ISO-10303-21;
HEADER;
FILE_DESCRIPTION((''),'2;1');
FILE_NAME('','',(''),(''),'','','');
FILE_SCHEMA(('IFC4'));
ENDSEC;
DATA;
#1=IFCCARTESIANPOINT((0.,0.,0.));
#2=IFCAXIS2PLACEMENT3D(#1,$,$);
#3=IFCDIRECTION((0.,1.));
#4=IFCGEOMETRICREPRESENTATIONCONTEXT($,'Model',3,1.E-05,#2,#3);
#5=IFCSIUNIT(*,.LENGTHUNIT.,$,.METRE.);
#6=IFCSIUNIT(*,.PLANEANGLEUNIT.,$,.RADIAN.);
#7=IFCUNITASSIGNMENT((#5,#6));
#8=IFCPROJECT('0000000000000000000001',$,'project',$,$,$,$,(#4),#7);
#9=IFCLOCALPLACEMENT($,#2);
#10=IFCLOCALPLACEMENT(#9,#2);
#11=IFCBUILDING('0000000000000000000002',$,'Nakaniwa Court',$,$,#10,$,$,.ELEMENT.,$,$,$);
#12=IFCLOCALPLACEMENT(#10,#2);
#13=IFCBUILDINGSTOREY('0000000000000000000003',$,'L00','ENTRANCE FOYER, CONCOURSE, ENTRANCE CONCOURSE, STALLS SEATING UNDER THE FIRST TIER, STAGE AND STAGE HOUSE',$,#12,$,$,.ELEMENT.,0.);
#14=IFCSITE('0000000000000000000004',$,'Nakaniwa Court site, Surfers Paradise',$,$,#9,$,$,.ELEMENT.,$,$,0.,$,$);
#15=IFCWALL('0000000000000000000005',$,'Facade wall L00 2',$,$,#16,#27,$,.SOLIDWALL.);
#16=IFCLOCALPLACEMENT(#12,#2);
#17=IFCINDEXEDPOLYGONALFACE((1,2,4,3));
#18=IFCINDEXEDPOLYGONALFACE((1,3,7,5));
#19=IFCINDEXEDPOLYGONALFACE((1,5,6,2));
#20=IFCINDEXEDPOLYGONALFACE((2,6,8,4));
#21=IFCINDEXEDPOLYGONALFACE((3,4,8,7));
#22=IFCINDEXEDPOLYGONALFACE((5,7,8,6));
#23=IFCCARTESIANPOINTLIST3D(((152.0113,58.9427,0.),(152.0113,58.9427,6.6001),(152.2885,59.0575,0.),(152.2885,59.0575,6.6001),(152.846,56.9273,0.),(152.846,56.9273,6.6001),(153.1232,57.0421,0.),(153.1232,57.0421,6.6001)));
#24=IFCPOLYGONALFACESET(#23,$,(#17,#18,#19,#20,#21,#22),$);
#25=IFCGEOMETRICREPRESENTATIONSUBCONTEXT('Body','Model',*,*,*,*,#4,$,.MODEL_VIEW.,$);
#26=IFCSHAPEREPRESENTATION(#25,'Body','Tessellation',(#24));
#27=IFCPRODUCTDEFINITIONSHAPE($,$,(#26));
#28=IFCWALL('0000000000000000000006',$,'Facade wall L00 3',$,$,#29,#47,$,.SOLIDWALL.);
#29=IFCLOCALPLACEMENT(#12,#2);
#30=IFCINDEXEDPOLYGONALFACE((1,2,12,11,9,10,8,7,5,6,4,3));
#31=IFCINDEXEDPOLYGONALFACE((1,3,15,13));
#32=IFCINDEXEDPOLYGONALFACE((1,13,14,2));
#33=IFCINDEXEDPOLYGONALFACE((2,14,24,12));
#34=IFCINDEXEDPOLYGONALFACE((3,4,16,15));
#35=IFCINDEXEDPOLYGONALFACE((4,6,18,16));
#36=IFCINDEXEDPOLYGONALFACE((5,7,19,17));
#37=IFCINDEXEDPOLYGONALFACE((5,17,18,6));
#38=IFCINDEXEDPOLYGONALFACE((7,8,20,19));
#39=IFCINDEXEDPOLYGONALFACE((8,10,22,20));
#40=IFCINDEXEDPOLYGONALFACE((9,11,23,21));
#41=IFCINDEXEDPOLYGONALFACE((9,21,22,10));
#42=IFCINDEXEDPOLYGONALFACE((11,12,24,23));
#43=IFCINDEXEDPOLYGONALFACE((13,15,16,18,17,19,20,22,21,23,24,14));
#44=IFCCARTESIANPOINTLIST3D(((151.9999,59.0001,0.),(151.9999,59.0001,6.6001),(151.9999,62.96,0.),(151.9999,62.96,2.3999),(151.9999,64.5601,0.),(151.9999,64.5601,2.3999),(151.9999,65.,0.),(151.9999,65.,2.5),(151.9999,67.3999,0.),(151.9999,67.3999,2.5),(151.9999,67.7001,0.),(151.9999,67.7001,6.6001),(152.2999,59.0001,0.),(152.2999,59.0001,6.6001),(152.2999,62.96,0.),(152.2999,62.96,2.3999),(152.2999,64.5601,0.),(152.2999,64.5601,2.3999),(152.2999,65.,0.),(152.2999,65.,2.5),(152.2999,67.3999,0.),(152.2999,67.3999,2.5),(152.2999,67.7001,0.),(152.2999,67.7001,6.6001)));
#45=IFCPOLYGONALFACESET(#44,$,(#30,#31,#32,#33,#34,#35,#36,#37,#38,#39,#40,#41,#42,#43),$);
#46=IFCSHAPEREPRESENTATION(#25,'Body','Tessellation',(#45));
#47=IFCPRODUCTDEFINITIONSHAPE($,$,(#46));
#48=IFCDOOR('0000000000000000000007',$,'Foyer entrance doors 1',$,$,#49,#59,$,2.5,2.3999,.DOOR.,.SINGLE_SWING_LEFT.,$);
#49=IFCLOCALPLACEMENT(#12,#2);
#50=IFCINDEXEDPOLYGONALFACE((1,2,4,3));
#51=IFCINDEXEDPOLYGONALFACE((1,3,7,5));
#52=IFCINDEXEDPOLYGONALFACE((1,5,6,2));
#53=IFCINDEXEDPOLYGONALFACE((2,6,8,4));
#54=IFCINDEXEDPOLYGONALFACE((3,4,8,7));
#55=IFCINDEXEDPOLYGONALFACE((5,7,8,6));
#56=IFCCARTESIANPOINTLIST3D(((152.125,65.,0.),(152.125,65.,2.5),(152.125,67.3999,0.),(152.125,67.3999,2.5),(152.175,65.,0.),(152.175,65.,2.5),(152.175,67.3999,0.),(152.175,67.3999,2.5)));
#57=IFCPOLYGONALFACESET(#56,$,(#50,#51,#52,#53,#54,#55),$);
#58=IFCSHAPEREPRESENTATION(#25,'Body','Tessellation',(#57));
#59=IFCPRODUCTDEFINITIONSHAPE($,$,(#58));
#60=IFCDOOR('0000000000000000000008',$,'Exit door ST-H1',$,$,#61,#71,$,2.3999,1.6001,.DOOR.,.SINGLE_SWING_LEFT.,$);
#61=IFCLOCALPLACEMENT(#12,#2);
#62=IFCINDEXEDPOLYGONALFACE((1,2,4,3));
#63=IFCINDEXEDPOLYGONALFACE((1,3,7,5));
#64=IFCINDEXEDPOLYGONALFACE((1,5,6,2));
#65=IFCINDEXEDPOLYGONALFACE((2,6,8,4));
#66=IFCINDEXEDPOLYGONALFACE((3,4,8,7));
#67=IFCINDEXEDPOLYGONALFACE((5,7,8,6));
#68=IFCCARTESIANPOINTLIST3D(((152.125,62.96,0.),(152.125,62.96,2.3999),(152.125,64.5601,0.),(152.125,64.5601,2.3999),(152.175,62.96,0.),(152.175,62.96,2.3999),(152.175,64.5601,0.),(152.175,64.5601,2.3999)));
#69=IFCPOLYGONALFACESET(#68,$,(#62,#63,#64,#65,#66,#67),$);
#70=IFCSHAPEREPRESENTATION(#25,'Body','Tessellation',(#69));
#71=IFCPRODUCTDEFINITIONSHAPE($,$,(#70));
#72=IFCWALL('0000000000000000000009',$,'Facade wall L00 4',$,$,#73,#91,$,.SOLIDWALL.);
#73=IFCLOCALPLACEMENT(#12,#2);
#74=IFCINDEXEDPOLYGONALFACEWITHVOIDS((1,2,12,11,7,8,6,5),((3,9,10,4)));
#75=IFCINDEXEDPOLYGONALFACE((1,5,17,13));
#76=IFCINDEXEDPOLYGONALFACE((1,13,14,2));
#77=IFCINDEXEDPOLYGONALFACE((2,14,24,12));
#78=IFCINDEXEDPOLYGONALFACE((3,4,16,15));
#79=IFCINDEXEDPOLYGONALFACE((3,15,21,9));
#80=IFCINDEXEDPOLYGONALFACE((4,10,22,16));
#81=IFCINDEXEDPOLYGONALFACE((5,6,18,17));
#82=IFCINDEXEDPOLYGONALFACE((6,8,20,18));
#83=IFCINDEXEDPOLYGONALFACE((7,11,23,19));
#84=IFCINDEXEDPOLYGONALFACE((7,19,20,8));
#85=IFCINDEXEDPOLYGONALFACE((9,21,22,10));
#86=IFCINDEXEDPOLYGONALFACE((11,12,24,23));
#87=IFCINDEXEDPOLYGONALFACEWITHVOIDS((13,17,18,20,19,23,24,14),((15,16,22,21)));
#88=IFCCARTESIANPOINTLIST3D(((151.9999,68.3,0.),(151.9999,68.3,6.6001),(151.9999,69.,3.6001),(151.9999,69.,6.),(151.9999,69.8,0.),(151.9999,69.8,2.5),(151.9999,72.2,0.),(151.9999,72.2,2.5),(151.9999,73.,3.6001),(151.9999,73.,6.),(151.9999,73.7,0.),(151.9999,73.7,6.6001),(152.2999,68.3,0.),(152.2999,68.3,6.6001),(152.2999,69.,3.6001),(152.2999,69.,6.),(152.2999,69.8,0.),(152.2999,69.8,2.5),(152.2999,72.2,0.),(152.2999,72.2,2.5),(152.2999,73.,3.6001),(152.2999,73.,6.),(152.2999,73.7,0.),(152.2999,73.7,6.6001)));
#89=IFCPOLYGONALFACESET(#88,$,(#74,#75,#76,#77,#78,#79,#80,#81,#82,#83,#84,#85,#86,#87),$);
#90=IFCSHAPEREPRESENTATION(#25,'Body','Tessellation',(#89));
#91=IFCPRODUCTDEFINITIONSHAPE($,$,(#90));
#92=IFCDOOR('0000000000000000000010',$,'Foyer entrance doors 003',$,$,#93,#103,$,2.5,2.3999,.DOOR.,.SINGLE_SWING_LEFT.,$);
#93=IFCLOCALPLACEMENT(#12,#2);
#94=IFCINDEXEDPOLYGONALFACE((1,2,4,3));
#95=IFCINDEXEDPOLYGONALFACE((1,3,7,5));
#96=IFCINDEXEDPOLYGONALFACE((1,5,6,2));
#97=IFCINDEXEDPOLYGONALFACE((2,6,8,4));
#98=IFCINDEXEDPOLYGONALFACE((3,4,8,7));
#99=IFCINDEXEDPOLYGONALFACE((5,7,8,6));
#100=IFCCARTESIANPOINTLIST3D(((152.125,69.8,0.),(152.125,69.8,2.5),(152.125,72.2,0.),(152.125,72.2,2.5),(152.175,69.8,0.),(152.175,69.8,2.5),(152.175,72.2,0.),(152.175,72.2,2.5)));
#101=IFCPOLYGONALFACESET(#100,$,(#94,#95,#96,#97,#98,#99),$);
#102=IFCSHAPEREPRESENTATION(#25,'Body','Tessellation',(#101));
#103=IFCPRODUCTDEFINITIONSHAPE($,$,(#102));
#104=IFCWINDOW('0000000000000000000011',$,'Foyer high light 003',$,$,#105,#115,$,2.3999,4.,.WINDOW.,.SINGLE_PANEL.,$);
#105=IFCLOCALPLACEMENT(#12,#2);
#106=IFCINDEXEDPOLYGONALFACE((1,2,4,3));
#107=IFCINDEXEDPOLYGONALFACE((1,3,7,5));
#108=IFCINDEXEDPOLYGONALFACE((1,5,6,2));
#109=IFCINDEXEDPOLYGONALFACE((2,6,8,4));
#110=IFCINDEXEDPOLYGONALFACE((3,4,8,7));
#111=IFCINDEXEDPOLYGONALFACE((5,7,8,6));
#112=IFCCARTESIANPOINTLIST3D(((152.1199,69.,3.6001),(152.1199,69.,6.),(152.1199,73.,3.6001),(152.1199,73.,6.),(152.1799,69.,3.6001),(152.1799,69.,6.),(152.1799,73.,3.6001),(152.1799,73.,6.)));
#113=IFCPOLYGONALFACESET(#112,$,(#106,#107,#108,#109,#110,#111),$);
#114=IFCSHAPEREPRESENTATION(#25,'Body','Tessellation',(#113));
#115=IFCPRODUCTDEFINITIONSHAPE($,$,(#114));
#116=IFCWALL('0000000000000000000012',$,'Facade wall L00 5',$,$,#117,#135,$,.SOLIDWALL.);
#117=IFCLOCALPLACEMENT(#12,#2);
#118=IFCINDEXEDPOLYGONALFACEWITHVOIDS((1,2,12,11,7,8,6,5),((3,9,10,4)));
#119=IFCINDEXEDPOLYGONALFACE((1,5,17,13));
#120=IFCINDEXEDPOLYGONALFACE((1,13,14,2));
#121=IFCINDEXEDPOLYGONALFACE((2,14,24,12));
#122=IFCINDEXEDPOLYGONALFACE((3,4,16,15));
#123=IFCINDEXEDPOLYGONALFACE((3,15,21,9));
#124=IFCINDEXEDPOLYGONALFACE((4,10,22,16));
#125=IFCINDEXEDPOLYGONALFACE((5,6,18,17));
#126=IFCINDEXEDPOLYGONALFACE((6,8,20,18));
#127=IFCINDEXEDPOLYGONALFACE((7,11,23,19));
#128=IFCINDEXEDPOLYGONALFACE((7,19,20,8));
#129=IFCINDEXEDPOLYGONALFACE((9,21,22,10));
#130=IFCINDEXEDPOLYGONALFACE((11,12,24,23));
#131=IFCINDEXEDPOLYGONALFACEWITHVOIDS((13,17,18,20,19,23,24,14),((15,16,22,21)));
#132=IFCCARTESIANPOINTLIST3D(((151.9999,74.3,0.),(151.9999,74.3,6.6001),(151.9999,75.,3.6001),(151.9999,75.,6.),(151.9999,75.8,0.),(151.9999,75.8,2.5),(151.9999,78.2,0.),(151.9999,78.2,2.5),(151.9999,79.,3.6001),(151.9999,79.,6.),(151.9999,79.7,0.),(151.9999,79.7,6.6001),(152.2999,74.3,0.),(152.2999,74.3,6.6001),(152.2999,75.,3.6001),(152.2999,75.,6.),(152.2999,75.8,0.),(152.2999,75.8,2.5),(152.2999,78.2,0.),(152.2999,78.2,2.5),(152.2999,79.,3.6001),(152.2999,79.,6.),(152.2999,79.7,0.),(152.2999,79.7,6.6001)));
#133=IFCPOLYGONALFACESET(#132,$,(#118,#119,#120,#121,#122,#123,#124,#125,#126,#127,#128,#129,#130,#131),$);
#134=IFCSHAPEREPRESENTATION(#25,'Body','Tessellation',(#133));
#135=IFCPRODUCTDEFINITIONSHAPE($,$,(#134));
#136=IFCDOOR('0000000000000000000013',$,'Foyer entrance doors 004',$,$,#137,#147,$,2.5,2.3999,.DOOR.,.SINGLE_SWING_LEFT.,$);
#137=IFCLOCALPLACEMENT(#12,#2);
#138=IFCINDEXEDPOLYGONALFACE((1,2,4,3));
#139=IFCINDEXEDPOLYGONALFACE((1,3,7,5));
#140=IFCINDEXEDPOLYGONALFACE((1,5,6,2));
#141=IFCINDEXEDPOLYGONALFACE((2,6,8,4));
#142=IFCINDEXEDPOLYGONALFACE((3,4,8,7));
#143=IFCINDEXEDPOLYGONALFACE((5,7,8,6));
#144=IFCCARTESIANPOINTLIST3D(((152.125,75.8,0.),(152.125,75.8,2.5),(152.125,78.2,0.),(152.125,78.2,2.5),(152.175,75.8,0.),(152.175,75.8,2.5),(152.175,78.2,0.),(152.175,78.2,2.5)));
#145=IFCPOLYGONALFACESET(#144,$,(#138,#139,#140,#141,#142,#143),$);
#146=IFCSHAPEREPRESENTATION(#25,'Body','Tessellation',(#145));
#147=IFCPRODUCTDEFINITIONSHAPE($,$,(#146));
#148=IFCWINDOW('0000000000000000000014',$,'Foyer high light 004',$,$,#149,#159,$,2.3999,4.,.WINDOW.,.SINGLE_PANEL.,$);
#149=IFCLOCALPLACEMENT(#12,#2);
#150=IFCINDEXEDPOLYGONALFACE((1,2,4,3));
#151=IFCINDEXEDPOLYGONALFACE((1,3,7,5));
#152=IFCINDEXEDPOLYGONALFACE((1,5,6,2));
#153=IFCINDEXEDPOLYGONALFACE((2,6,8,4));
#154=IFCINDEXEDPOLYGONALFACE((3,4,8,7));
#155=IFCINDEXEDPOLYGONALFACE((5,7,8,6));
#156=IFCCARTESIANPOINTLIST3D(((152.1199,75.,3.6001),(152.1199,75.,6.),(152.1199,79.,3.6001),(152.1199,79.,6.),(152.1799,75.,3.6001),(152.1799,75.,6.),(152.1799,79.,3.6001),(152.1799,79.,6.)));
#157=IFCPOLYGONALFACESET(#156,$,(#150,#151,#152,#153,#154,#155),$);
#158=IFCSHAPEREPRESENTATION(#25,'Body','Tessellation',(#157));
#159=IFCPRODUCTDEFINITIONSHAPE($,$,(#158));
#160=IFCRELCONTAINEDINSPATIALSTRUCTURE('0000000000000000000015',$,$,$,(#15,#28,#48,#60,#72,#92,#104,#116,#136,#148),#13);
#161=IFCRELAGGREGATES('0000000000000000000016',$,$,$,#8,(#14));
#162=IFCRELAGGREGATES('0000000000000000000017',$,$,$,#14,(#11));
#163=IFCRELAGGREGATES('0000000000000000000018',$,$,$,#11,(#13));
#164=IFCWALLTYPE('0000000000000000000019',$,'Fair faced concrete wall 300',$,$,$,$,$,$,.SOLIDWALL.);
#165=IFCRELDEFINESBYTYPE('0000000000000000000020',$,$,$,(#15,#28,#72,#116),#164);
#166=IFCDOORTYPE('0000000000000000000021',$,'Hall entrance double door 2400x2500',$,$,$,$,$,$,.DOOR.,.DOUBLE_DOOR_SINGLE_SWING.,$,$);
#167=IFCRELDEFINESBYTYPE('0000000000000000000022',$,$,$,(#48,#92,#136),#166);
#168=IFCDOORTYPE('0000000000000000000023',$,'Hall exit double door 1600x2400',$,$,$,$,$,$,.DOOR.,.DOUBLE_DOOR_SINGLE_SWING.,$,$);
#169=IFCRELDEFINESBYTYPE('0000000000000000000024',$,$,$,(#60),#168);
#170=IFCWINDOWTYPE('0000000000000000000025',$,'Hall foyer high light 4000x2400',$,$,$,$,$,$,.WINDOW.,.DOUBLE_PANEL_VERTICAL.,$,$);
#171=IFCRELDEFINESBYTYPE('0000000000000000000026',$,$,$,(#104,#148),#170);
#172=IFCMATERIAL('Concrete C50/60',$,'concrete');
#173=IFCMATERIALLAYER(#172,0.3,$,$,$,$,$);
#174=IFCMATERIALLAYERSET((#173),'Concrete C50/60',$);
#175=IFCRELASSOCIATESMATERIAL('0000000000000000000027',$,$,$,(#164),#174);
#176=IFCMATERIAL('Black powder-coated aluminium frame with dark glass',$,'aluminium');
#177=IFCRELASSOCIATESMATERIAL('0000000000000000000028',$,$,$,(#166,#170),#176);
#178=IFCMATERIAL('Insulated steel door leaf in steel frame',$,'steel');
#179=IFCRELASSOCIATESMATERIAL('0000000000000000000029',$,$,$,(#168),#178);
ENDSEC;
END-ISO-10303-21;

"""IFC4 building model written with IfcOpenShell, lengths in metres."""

from ifc_helpers import new_model, si_unit, direction, frame, frame_2d, origin, place, context, subcontext, project, spatial, rectangle, extrude, material, layer, layer_set, type_object, element, fill, save


model = new_model("IFC4")

# Units and contexts
model_context = context("Model", 3, precision=1e-05, world=origin(), true_north=direction((0.0, 1.0)))
body_context = subcontext(model_context, "Body", "Model", "MODEL_VIEW")
ifc_project = project(units=[si_unit("LENGTHUNIT", "METRE"), si_unit("PLANEANGLEUNIT", "RADIAN")], contexts=[model_context])

# Site, building, storey
site_placement = place(None, origin())
site = spatial("IfcSite", under=ifc_project, at=site_placement, Name="Nakaniwa Court site, Surfers Paradise", CompositionType="ELEMENT", RefElevation=0.0)
building_placement = place(site_placement, origin())
building = spatial("IfcBuilding", under=site, at=building_placement, Name="Nakaniwa Court", CompositionType="ELEMENT")
storey_placement = place(building_placement, origin())
storey = spatial("IfcBuildingStorey", under=building, at=storey_placement, Name="L00", Description="ENTRANCE FOYER, CONCOURSE, ENTRANCE CONCOURSE, STALLS SEATING UNDER THE FIRST TIER, STAGE AND STAGE HOUSE", CompositionType="ELEMENT", Elevation=0.0)

# Shared definitions
ifc_material_1 = material(Name="Concrete C50/60", Category="concrete")

# Wall
ifc_layer = layer(ifc_material_1, 0.3)
ifc_layer_set = layer_set([ifc_layer], Name="Concrete C50/60")
wall_type = type_object("IfcWallType", Name="Fair faced concrete wall 300", PredefinedType="SOLIDWALL", material=ifc_layer_set)
wall_1_placement = place(storey_placement, frame((152.9846, 56.9846, 0.0), z_axis=(0.0, 0.0, 1.0), x_axis=(-0.382652, 0.923893, 0.0)))
element("IfcWall", 1, at=wall_1_placement, inside=storey, type_object=wall_type, Name="Facade wall L00 2", PredefinedType="SOLIDWALL", context=body_context, shape_type="SweptSolid", body=[
    extrude(rectangle(XDim=2.1814, YDim=0.3, at=frame_2d((1.0908, 0.0))), origin(), (0.0, 0.0, 1.0), 6.6001),
])

# Wall, openings, doors
wall_2_placement = place(storey_placement, frame((152.1499, 59.0, 0.0), z_axis=(0.0, 0.0, 1.0), x_axis=(0.0, 1.0, 0.0)))
wall_2 = element("IfcWall", 2, at=wall_2_placement, inside=storey, type_object=wall_type, Name="Facade wall L00 3", PredefinedType="SOLIDWALL", context=body_context, shape_type="SweptSolid", body=[
    extrude(rectangle(XDim=8.7, YDim=0.3, at=frame_2d((4.3501, 0.0))), origin(), (0.0, 0.0, 1.0), 6.6001),
])
opening_1_placement = place(wall_2_placement, frame((3.96, 0.0, 0.0)))
opening_1 = element("IfcOpeningElement", 3, at=opening_1_placement, cuts=wall_2, PredefinedType="OPENING", context=body_context, shape_type="SweptSolid", body=[
    extrude(rectangle(XDim=1.6001, YDim=2.3999, at=frame_2d((0.8, 1.2))), frame((0.0, 0.1599, 0.0), z_axis=(0.0, -1.0, 0.0), x_axis=(1.0, 0.0, 0.0)), (0.0, 0.0, 1.0), 0.3201),
])
opening_2_placement = place(wall_2_placement, frame((6.0, 0.0, 0.0)))
opening_2 = element("IfcOpeningElement", 4, at=opening_2_placement, cuts=wall_2, PredefinedType="OPENING", context=body_context, shape_type="SweptSolid", body=[
    extrude(rectangle(XDim=2.3999, YDim=2.5, at=frame_2d((1.2, 1.25))), frame((0.0, 0.1599, 0.0), z_axis=(0.0, -1.0, 0.0), x_axis=(1.0, 0.0, 0.0)), (0.0, 0.0, 1.0), 0.3201),
])
ifc_material_2 = material(Name="Black powder-coated aluminium frame with dark glass", Category="aluminium")
door_type_1 = type_object("IfcDoorType", Name="Hall entrance double door 2400x2500", OperationType="DOUBLE_DOOR_SINGLE_SWING", PredefinedType="DOOR", material=ifc_material_2)
door_1_placement = place(opening_2_placement, origin())
door_1 = element("IfcDoor", 5, at=door_1_placement, inside=storey, type_object=door_type_1, Name="Foyer entrance doors 1", OperationType="SINGLE_SWING_LEFT", OverallHeight=2.5, OverallWidth=2.3999, PredefinedType="DOOR", context=body_context, shape_type="SweptSolid", body=[
    extrude(rectangle(XDim=2.3999, YDim=2.5, at=frame_2d((1.2, 1.25))), frame((0.0, 0.0249, 0.0), z_axis=(0.0, -1.0, 0.0), x_axis=(1.0, 0.0, 0.0)), (0.0, 0.0, 1.0), 0.05),
])
fill(opening_2, door_1)
ifc_material_3 = material(Name="Insulated steel door leaf in steel frame", Category="steel")
door_type_2 = type_object("IfcDoorType", Name="Hall exit double door 1600x2400", OperationType="DOUBLE_DOOR_SINGLE_SWING", PredefinedType="DOOR", material=ifc_material_3)
door_2_placement = place(opening_1_placement, origin())
door_2 = element("IfcDoor", 6, at=door_2_placement, inside=storey, type_object=door_type_2, Name="Exit door ST-H1", OperationType="SINGLE_SWING_LEFT", OverallHeight=2.3999, OverallWidth=1.6001, PredefinedType="DOOR", context=body_context, shape_type="SweptSolid", body=[
    extrude(rectangle(XDim=1.6001, YDim=2.3999, at=frame_2d((0.8, 1.2))), frame((0.0, 0.0249, 0.0), z_axis=(0.0, -1.0, 0.0), x_axis=(1.0, 0.0, 0.0)), (0.0, 0.0, 1.0), 0.05),
])
fill(opening_1, door_2)

# Walls, openings, doors, windows
wall_3_placement = place(storey_placement, frame((152.1499, 68.3, 0.0), z_axis=(0.0, 0.0, 1.0), x_axis=(0.0, 1.0, 0.0)))
wall_3 = element("IfcWall", 7, at=wall_3_placement, inside=storey, type_object=wall_type, Name="Facade wall L00 4", PredefinedType="SOLIDWALL", context=body_context, shape_type="SweptSolid", body=[
    extrude(rectangle(XDim=5.3999, YDim=0.3, at=frame_2d((2.7, 0.0))), origin(), (0.0, 0.0, 1.0), 6.6001),
])
opening_3_placement = place(wall_3_placement, frame((1.5, 0.0, 0.0)))
opening_3 = element("IfcOpeningElement", 8, at=opening_3_placement, cuts=wall_3, PredefinedType="OPENING", context=body_context, shape_type="SweptSolid", body=[
    extrude(rectangle(XDim=2.3999, YDim=2.5, at=frame_2d((1.2, 1.25))), frame((0.0, 0.1599, 0.0), z_axis=(0.0, -1.0, 0.0), x_axis=(1.0, 0.0, 0.0)), (0.0, 0.0, 1.0), 0.3201),
])
opening_4_placement = place(wall_3_placement, frame((0.7, 0.0, 3.6001)))
opening_4 = element("IfcOpeningElement", 9, at=opening_4_placement, cuts=wall_3, PredefinedType="OPENING", context=body_context, shape_type="SweptSolid", body=[
    extrude(rectangle(XDim=4.0, YDim=2.3999, at=frame_2d((2.0, 1.2))), frame((0.0, 0.1599, 0.0), z_axis=(0.0, -1.0, 0.0), x_axis=(1.0, 0.0, 0.0)), (0.0, 0.0, 1.0), 0.3201),
])
door_3_placement = place(opening_3_placement, origin())
door_3 = element("IfcDoor", 10, at=door_3_placement, inside=storey, type_object=door_type_1, Name="Foyer entrance doors 003", OperationType="SINGLE_SWING_LEFT", OverallHeight=2.5, OverallWidth=2.3999, PredefinedType="DOOR", context=body_context, shape_type="SweptSolid", body=[
    extrude(rectangle(XDim=2.3999, YDim=2.5, at=frame_2d((1.2, 1.25))), frame((0.0, 0.0249, 0.0), z_axis=(0.0, -1.0, 0.0), x_axis=(1.0, 0.0, 0.0)), (0.0, 0.0, 1.0), 0.05),
])
fill(opening_3, door_3)
window_type = type_object("IfcWindowType", Name="Hall foyer high light 4000x2400", PartitioningType="DOUBLE_PANEL_VERTICAL", PredefinedType="WINDOW", material=ifc_material_2)
window_1_placement = place(opening_4_placement, origin())
window_1 = element("IfcWindow", 11, at=window_1_placement, inside=storey, type_object=window_type, Name="Foyer high light 003", OverallHeight=2.3999, OverallWidth=4.0, PartitioningType="SINGLE_PANEL", PredefinedType="WINDOW", context=body_context, shape_type="SweptSolid", body=[
    extrude(rectangle(XDim=4.0, YDim=2.3999, at=frame_2d((2.0, 1.2))), frame((0.0, 0.03, 0.0), z_axis=(0.0, -1.0, 0.0), x_axis=(1.0, 0.0, 0.0)), (0.0, 0.0, 1.0), 0.0601),
])
fill(opening_4, window_1)
wall_4_placement = place(storey_placement, frame((152.1499, 74.3, 0.0), z_axis=(0.0, 0.0, 1.0), x_axis=(0.0, 1.0, 0.0)))
wall_4 = element("IfcWall", 12, at=wall_4_placement, inside=storey, type_object=wall_type, Name="Facade wall L00 5", PredefinedType="SOLIDWALL", context=body_context, shape_type="SweptSolid", body=[
    extrude(rectangle(XDim=5.3999, YDim=0.3, at=frame_2d((2.7, 0.0))), origin(), (0.0, 0.0, 1.0), 6.6001),
])
opening_5_placement = place(wall_4_placement, frame((1.5, 0.0, 0.0)))
opening_5 = element("IfcOpeningElement", 13, at=opening_5_placement, cuts=wall_4, PredefinedType="OPENING", context=body_context, shape_type="SweptSolid", body=[
    extrude(rectangle(XDim=2.3999, YDim=2.5, at=frame_2d((1.2, 1.25))), frame((0.0, 0.1599, 0.0), z_axis=(0.0, -1.0, 0.0), x_axis=(1.0, 0.0, 0.0)), (0.0, 0.0, 1.0), 0.3201),
])
opening_6_placement = place(wall_4_placement, frame((0.7, 0.0, 3.6001)))
opening_6 = element("IfcOpeningElement", 14, at=opening_6_placement, cuts=wall_4, PredefinedType="OPENING", context=body_context, shape_type="SweptSolid", body=[
    extrude(rectangle(XDim=4.0, YDim=2.3999, at=frame_2d((2.0, 1.2))), frame((0.0, 0.1599, 0.0), z_axis=(0.0, -1.0, 0.0), x_axis=(1.0, 0.0, 0.0)), (0.0, 0.0, 1.0), 0.3201),
])
door_4_placement = place(opening_5_placement, origin())
door_4 = element("IfcDoor", 15, at=door_4_placement, inside=storey, type_object=door_type_1, Name="Foyer entrance doors 004", OperationType="SINGLE_SWING_LEFT", OverallHeight=2.5, OverallWidth=2.3999, PredefinedType="DOOR", context=body_context, shape_type="SweptSolid", body=[
    extrude(rectangle(XDim=2.3999, YDim=2.5, at=frame_2d((1.2, 1.25))), frame((0.0, 0.0249, 0.0), z_axis=(0.0, -1.0, 0.0), x_axis=(1.0, 0.0, 0.0)), (0.0, 0.0, 1.0), 0.05),
])
fill(opening_5, door_4)
window_2_placement = place(opening_6_placement, origin())
window_2 = element("IfcWindow", 16, at=window_2_placement, inside=storey, type_object=window_type, Name="Foyer high light 004", OverallHeight=2.3999, OverallWidth=4.0, PartitioningType="SINGLE_PANEL", PredefinedType="WINDOW", context=body_context, shape_type="SweptSolid", body=[
    extrude(rectangle(XDim=4.0, YDim=2.3999, at=frame_2d((2.0, 1.2))), frame((0.0, 0.03, 0.0), z_axis=(0.0, -1.0, 0.0), x_axis=(1.0, 0.0, 0.0)), (0.0, 0.0, 1.0), 0.0601),
])
fill(opening_6, window_2)

save(model, "model.ifc")
